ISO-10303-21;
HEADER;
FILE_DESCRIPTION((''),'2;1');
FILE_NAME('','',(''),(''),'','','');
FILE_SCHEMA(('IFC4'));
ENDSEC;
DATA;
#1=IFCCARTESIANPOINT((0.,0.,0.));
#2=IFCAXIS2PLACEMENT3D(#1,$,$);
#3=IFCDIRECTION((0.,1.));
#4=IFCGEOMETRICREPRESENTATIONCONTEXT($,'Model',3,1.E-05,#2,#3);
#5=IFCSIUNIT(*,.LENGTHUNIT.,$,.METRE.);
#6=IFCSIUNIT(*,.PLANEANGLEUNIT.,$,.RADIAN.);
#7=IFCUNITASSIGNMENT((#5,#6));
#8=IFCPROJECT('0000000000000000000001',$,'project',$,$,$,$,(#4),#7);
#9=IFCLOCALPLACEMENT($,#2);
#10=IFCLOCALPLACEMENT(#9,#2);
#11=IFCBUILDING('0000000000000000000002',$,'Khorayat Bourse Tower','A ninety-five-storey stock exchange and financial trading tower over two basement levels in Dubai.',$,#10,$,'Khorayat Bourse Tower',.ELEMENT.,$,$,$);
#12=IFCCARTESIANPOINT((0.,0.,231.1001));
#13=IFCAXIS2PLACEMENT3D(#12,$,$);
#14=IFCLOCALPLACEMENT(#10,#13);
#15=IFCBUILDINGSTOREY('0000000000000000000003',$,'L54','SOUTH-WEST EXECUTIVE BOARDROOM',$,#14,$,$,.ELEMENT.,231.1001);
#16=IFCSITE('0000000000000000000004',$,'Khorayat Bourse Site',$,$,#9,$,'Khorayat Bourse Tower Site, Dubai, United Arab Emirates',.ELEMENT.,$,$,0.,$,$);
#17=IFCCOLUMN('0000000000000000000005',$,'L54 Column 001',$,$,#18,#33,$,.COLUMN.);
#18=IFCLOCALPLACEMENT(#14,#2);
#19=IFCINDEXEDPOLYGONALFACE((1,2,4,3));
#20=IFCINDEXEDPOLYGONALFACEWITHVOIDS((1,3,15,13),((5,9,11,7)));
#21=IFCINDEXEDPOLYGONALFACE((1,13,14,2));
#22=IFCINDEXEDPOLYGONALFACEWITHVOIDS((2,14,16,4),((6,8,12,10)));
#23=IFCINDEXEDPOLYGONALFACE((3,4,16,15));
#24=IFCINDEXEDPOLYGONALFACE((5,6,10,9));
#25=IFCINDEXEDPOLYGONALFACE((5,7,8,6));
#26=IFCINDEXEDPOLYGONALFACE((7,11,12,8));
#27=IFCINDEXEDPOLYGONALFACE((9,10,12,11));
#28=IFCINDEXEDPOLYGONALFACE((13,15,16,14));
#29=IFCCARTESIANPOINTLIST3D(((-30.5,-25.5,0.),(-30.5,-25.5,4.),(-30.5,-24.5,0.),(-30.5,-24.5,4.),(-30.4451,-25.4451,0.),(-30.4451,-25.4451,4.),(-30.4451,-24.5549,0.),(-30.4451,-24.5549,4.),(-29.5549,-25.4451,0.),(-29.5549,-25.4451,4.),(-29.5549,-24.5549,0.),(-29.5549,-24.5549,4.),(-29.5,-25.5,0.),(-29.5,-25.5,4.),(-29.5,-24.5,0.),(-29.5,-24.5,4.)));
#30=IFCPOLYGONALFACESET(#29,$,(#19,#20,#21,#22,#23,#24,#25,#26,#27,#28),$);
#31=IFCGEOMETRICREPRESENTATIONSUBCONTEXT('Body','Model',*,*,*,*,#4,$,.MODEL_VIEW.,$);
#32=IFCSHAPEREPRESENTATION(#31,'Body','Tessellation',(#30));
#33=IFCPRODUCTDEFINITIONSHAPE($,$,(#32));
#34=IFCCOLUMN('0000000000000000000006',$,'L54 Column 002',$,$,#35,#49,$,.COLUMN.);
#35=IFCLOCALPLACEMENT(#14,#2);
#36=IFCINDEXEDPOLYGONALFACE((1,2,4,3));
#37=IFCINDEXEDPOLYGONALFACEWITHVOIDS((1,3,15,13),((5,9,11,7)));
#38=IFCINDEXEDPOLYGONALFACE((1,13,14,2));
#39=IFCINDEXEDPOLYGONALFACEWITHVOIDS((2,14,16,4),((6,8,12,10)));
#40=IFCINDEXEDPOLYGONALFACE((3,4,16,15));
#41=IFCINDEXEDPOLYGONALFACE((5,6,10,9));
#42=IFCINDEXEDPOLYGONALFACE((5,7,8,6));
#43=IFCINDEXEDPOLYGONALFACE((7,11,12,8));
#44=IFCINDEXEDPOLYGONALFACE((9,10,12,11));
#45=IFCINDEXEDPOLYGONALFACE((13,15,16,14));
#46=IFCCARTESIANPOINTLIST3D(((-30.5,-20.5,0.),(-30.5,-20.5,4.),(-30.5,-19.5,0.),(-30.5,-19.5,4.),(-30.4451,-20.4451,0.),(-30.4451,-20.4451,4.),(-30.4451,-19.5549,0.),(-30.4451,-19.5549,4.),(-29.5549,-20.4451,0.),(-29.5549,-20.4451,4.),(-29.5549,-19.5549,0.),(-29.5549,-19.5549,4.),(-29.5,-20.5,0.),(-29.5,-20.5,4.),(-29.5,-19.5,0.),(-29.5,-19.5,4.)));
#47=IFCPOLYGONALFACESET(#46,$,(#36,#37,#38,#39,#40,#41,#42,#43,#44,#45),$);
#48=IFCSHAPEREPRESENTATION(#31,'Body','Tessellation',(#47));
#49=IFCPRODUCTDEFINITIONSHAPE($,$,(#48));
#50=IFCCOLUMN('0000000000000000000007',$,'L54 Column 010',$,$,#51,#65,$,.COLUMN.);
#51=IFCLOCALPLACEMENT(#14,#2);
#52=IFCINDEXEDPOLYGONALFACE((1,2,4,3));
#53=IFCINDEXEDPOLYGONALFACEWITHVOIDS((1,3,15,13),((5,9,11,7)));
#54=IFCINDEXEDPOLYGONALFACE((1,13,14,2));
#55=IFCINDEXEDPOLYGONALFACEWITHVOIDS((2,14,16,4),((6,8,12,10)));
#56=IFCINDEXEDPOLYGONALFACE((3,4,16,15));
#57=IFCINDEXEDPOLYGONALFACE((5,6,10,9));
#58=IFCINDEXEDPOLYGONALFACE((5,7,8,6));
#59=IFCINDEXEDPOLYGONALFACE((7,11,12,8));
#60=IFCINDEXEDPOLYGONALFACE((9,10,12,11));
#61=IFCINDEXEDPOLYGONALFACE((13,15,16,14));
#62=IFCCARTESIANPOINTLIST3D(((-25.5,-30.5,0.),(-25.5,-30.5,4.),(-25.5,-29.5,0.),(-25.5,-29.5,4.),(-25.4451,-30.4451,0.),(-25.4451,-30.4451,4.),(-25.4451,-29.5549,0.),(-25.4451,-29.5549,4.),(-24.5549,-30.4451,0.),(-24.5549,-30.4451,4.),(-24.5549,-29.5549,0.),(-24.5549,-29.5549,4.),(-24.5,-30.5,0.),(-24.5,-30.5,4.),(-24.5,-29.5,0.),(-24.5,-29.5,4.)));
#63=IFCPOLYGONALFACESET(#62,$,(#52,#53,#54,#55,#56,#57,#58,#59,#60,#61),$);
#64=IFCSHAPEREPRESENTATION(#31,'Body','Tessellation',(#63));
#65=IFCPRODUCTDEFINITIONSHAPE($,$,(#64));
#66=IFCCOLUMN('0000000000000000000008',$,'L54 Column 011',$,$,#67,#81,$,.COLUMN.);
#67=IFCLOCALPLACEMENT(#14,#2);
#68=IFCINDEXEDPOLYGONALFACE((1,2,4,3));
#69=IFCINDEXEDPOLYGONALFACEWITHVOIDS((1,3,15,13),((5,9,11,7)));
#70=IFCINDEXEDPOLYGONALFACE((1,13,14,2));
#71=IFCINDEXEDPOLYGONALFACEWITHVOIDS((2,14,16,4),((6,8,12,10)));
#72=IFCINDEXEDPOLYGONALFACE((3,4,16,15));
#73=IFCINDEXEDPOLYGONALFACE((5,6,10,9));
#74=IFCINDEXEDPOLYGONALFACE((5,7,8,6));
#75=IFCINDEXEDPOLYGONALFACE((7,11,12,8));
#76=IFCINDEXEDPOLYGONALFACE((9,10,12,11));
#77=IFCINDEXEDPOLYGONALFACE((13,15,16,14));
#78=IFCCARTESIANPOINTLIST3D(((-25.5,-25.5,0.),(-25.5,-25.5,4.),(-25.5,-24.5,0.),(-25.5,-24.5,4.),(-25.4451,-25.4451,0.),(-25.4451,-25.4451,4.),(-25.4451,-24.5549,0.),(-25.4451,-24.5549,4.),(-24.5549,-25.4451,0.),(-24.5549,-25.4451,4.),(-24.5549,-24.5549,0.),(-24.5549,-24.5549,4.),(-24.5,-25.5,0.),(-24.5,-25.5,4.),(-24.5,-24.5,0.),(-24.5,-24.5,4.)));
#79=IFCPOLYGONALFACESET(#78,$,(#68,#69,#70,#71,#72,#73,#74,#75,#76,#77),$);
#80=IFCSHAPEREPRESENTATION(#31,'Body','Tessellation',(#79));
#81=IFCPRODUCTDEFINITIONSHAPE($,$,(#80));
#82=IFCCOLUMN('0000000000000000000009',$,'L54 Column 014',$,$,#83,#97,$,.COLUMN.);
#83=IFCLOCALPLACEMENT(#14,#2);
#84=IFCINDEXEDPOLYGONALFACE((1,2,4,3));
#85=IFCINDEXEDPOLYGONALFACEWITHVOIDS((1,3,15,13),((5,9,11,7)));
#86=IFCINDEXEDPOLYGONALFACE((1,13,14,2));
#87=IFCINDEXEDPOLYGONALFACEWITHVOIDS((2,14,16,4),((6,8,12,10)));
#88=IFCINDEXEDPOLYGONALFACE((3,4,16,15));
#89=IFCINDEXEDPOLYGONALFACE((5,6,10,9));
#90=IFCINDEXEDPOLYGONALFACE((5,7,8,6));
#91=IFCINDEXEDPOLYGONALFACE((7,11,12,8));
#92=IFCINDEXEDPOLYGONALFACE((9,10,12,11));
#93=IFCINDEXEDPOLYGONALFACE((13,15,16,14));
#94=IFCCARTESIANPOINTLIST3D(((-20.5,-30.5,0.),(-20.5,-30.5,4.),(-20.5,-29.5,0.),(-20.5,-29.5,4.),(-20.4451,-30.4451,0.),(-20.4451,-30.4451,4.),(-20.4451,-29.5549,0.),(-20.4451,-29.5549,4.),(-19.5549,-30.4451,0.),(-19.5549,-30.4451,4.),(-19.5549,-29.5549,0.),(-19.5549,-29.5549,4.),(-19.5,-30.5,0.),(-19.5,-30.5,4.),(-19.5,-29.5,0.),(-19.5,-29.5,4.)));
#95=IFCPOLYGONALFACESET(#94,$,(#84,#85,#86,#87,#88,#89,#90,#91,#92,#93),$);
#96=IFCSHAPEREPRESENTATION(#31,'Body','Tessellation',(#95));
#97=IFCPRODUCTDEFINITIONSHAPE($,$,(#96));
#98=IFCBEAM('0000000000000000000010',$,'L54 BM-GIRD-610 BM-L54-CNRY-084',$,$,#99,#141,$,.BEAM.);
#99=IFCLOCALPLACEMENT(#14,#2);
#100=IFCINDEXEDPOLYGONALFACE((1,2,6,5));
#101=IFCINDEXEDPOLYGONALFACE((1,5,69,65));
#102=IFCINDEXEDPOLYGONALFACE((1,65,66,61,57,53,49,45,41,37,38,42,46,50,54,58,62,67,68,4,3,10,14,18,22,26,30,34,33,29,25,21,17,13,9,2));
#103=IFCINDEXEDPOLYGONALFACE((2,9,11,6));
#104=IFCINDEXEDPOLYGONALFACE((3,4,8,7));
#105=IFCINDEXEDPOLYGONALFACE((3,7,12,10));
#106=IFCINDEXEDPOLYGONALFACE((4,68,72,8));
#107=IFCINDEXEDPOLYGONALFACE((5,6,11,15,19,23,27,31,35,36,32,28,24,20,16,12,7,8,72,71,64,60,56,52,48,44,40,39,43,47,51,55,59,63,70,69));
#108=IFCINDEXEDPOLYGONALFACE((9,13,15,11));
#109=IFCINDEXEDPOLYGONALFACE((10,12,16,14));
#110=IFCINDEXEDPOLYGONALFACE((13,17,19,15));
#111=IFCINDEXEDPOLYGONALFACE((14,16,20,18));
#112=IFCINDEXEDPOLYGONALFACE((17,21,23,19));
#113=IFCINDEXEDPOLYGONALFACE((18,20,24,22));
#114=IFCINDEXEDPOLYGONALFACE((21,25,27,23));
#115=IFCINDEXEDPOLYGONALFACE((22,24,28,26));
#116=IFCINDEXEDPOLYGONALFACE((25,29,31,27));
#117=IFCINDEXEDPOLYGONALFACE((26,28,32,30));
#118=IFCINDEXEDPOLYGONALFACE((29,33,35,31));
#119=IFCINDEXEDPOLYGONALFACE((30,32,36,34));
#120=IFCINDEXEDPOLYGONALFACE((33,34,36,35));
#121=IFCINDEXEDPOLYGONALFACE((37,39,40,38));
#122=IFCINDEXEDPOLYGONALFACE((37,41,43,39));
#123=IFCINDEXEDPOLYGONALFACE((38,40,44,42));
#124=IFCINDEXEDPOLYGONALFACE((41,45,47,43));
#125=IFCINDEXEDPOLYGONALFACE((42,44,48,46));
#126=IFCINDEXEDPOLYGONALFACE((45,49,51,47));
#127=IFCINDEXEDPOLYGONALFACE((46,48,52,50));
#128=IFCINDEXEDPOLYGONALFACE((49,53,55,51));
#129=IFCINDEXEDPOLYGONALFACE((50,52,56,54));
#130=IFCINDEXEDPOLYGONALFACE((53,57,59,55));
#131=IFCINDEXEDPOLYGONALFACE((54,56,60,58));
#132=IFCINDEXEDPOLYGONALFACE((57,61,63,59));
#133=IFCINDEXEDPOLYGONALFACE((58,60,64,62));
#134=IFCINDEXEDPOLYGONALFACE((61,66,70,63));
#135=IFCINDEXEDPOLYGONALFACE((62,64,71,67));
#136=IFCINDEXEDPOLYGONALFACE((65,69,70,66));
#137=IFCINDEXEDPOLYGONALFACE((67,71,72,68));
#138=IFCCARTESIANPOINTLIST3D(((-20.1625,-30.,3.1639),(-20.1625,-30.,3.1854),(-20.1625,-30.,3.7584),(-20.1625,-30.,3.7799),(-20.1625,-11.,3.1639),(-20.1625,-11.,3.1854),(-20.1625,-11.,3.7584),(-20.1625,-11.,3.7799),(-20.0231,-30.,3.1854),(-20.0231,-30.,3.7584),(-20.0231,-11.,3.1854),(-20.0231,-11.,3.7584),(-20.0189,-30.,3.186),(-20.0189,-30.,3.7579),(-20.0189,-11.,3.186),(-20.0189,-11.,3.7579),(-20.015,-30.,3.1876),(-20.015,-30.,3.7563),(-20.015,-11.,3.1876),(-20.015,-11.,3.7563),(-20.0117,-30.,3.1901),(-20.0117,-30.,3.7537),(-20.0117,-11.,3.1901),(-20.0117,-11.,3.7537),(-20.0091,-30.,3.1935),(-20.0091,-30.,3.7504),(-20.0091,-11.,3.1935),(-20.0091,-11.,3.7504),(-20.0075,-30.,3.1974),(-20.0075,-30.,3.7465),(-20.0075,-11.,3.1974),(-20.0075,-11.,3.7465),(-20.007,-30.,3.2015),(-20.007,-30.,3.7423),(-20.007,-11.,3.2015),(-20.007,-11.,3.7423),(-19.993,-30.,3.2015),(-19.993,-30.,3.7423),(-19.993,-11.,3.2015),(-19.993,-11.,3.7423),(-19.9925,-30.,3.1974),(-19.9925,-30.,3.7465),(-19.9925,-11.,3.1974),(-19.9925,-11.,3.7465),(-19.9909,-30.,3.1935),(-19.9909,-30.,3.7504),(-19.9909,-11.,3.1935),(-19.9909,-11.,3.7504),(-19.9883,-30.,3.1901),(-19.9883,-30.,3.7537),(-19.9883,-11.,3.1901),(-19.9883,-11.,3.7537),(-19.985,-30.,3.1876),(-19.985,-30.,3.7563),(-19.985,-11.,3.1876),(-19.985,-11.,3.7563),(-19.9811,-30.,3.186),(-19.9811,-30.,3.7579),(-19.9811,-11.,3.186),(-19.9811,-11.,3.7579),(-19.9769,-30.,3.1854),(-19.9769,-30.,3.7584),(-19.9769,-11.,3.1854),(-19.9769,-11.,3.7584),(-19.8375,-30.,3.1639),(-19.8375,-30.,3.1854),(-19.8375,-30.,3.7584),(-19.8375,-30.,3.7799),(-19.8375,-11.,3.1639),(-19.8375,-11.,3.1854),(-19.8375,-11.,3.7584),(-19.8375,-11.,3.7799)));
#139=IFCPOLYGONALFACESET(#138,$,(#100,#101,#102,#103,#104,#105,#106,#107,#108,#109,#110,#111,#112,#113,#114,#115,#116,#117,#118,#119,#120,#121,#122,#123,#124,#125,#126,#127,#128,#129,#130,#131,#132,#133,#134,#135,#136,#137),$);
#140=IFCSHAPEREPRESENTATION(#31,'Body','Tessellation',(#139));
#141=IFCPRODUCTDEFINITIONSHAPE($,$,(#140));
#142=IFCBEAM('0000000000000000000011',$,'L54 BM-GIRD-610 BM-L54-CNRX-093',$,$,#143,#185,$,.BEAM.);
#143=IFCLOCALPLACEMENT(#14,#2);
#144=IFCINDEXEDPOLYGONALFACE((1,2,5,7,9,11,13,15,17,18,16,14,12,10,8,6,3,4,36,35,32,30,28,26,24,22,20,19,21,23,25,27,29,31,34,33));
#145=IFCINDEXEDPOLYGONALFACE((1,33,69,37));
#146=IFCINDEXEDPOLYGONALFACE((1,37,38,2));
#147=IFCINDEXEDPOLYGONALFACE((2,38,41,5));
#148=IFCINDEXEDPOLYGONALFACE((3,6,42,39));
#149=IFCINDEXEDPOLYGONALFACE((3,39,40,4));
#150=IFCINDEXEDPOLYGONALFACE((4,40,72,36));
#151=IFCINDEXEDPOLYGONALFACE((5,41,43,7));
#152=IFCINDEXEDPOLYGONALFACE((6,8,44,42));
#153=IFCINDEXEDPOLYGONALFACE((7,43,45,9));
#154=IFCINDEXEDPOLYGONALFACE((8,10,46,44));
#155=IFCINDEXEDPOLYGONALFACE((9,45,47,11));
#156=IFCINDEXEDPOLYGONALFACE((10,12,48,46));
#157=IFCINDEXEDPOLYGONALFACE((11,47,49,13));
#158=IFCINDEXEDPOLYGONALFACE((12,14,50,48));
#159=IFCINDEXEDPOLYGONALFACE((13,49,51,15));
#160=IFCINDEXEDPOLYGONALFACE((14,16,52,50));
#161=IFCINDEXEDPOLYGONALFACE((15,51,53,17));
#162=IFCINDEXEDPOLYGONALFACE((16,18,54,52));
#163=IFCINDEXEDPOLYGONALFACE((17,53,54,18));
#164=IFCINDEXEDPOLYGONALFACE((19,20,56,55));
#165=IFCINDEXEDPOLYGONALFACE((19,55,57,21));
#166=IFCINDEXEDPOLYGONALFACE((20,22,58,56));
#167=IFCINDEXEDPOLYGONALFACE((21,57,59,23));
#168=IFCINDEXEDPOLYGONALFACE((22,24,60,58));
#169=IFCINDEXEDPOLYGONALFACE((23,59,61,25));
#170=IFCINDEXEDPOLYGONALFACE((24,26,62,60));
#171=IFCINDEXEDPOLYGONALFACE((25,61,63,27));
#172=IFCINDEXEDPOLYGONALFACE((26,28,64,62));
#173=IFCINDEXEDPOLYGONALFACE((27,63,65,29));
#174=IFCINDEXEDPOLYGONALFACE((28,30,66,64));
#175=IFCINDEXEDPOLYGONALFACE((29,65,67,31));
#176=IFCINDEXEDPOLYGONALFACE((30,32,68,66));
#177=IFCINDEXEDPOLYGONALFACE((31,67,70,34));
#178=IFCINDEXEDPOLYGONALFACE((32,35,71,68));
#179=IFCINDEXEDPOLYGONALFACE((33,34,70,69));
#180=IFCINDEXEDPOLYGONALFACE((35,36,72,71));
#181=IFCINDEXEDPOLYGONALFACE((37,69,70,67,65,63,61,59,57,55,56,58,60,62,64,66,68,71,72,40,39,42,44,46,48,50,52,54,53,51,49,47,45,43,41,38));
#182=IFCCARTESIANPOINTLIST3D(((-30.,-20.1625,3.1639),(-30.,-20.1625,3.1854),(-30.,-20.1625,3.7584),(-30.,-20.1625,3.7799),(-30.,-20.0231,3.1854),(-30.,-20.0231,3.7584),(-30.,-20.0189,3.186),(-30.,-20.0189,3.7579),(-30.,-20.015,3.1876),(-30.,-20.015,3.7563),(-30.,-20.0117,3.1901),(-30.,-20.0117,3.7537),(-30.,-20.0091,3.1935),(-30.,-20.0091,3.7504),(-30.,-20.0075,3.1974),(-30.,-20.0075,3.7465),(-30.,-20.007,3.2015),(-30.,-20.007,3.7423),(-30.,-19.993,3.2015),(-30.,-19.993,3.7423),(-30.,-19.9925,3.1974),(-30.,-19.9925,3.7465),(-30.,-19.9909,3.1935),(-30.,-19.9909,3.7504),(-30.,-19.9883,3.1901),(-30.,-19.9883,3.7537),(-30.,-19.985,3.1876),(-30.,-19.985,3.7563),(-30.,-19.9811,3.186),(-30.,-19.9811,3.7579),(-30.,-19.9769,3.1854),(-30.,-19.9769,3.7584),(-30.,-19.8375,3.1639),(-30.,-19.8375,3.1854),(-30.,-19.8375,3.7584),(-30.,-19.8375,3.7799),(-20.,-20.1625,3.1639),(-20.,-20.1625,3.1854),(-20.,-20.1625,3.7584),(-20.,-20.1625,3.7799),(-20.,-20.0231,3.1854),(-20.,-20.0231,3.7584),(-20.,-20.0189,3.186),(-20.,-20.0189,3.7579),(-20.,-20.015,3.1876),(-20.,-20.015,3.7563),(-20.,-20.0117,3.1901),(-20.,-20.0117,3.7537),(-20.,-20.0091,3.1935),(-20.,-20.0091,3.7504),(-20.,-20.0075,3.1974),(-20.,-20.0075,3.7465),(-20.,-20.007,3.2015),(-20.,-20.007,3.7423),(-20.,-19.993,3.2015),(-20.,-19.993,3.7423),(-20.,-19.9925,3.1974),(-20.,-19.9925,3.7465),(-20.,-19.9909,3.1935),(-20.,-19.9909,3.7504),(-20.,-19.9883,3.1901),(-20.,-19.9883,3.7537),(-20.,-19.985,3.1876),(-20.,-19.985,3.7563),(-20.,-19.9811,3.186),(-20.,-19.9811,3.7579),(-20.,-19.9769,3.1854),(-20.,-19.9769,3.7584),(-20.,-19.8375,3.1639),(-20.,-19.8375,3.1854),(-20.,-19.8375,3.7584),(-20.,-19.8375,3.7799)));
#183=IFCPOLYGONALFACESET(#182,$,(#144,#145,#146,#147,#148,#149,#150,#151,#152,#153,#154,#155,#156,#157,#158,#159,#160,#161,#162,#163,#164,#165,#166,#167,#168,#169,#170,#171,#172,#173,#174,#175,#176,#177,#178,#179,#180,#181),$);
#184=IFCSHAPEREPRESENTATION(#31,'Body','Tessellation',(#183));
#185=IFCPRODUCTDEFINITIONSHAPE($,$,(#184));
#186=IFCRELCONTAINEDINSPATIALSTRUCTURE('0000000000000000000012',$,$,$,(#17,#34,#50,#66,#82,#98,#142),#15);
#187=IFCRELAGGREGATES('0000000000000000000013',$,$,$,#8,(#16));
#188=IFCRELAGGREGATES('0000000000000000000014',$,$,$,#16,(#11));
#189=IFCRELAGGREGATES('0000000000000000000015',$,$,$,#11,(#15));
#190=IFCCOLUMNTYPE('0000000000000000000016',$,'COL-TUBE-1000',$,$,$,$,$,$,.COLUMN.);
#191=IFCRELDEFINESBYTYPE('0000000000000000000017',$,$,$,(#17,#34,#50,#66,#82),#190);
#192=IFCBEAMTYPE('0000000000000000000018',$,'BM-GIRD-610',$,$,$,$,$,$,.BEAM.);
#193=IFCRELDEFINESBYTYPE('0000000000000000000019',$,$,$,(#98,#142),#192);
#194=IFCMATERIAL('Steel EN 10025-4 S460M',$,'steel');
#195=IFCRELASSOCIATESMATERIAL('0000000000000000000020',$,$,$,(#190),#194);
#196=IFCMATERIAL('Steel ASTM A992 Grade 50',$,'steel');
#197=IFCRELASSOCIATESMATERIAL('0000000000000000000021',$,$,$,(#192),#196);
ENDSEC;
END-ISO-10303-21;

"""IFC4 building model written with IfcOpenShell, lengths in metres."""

from ifc_helpers import new_model, si_unit, direction, frame, origin, origin_2d, place, context, subcontext, project, spatial, hollow_rectangle, i_section, extrude, source, transform, mapped, material, material_profile, profile_set, type_object, element, save


model = new_model("IFC4")

# Units and contexts
model_context = context("Model", 3, precision=1e-05, world=origin(), true_north=direction((0.0, 1.0)))
body_context = subcontext(model_context, "Body", "Model", "MODEL_VIEW")
ifc_project = project(units=[si_unit("LENGTHUNIT", "METRE"), si_unit("PLANEANGLEUNIT", "RADIAN")], contexts=[model_context])

# Site, building, storey
site_placement = place(None, origin())
site = spatial("IfcSite", under=ifc_project, at=site_placement, Name="Khorayat Bourse Site", LongName="Khorayat Bourse Tower Site, Dubai, United Arab Emirates", CompositionType="ELEMENT", RefElevation=0.0)
building_placement = place(site_placement, origin())
building = spatial("IfcBuilding", under=site, at=building_placement, Name="Khorayat Bourse Tower", Description="A ninety-five-storey stock exchange and financial trading tower over two basement levels in Dubai.", LongName="Khorayat Bourse Tower", CompositionType="ELEMENT")
storey_placement = place(building_placement, frame((0.0, 0.0, 231.1001)))
storey = spatial("IfcBuildingStorey", under=building, at=storey_placement, Name="L54", Description="SOUTH-WEST EXECUTIVE BOARDROOM", CompositionType="ELEMENT", Elevation=231.1001)

# Columns
ifc_material_1 = material(Name="Steel EN 10025-4 S460M", Category="steel")
ifc_material_profile_1 = material_profile(ifc_material_1, hollow_rectangle(XDim=1.0, YDim=1.0, WallThickness=0.0549, at=origin_2d()), Name="BOX 1000x1000x55")
ifc_profile_set_1 = profile_set([ifc_material_profile_1], Name="Steel EN 10025-4 S460M")
column_type = type_object("IfcColumnType", Name="COL-TUBE-1000", PredefinedType="COLUMN", material=ifc_profile_set_1)
shared_shape_1 = source(origin(), body_context, "Body", "SweptSolid", [
    extrude(hollow_rectangle(XDim=1.0, YDim=1.0, WallThickness=0.0549, at=origin_2d()), origin(), (0.0, 0.0, 1.0), 4.0),
])
for number, where, z_axis, x_axis, name in (
    (1, (-30.0, -25.0, 0.0), (0.0, 0.0, 1.0), (1.0, 0.0, 0.0), "L54 Column 001"),
    (2, (-30.0, -20.0, 0.0), (0.0, 0.0, 1.0), (1.0, 0.0, 0.0), "L54 Column 002"),
    (3, (-25.0, -30.0, 0.0), (0.0, 0.0, 1.0), (1.0, 0.0, 0.0), "L54 Column 010"),
    (4, (-25.0, -25.0, 0.0), (0.0, 0.0, 1.0), (1.0, 0.0, 0.0), "L54 Column 011"),
    (5, (-20.0, -30.0, 0.0), (0.0, 0.0, 1.0), (1.0, 0.0, 0.0), "L54 Column 014"),
):
    element("IfcColumn", number, at=place(storey_placement, frame(where, z_axis=z_axis, x_axis=x_axis)), inside=storey, type_object=column_type, Name=name, PredefinedType="COLUMN", context=body_context, shape_type="MappedRepresentation", body=[
        mapped(shared_shape_1, transform((0.0, 0.0, 0.0), scale=1.0)),
    ])

# Beams
ifc_material_2 = material(Name="Steel ASTM A992 Grade 50", Category="steel")
ifc_material_profile_2 = material_profile(ifc_material_2, i_section(OverallWidth=0.325, OverallDepth=0.616, WebThickness=0.0139, FlangeThickness=0.0215, FilletRadius=0.0161, at=origin_2d()), Name="W610X174")
ifc_profile_set_2 = profile_set([ifc_material_profile_2], Name="Steel ASTM A992 Grade 50")
beam_type_1 = type_object("IfcBeamType", Name="BM-GIRD-610", PredefinedType="BEAM", material=ifc_profile_set_2)
shared_shape_2 = source(origin(), body_context, "Body", "SweptSolid", [
    extrude(i_section(OverallWidth=0.325, OverallDepth=0.616, WebThickness=0.0139, FlangeThickness=0.0215, FilletRadius=0.0161, at=origin_2d()), origin(), (0.0, 0.0, 1.0), 19.0),
])
beam_1_placement = place(storey_placement, frame((-20.0, -30.0, 3.4719), z_axis=(0.0, 1.0, 0.0), x_axis=(-1.0, 0.0, 0.0)))
element("IfcBeam", 6, at=beam_1_placement, inside=storey, type_object=beam_type_1, Name="L54 BM-GIRD-610 BM-L54-CNRY-084", PredefinedType="BEAM", context=body_context, shape_type="MappedRepresentation", body=[
    mapped(shared_shape_2, transform((0.0, 0.0, 0.0), scale=1.0)),
])
shared_shape_3 = source(origin(), body_context, "Body", "SweptSolid", [
    extrude(i_section(OverallWidth=0.325, OverallDepth=0.616, WebThickness=0.0139, FlangeThickness=0.0215, FilletRadius=0.0161, at=origin_2d()), origin(), (0.0, 0.0, 1.0), 10.0),
])
beam_2_placement = place(storey_placement, frame((-30.0, -20.0, 3.4719), z_axis=(1.0, 0.0, 0.0), x_axis=(0.0, 1.0, 0.0)))
element("IfcBeam", 7, at=beam_2_placement, inside=storey, type_object=beam_type_1, Name="L54 BM-GIRD-610 BM-L54-CNRX-093", PredefinedType="BEAM", context=body_context, shape_type="MappedRepresentation", body=[
    mapped(shared_shape_3, transform((0.0, 0.0, 0.0), scale=1.0)),
])

save(model, "model.ifc")
